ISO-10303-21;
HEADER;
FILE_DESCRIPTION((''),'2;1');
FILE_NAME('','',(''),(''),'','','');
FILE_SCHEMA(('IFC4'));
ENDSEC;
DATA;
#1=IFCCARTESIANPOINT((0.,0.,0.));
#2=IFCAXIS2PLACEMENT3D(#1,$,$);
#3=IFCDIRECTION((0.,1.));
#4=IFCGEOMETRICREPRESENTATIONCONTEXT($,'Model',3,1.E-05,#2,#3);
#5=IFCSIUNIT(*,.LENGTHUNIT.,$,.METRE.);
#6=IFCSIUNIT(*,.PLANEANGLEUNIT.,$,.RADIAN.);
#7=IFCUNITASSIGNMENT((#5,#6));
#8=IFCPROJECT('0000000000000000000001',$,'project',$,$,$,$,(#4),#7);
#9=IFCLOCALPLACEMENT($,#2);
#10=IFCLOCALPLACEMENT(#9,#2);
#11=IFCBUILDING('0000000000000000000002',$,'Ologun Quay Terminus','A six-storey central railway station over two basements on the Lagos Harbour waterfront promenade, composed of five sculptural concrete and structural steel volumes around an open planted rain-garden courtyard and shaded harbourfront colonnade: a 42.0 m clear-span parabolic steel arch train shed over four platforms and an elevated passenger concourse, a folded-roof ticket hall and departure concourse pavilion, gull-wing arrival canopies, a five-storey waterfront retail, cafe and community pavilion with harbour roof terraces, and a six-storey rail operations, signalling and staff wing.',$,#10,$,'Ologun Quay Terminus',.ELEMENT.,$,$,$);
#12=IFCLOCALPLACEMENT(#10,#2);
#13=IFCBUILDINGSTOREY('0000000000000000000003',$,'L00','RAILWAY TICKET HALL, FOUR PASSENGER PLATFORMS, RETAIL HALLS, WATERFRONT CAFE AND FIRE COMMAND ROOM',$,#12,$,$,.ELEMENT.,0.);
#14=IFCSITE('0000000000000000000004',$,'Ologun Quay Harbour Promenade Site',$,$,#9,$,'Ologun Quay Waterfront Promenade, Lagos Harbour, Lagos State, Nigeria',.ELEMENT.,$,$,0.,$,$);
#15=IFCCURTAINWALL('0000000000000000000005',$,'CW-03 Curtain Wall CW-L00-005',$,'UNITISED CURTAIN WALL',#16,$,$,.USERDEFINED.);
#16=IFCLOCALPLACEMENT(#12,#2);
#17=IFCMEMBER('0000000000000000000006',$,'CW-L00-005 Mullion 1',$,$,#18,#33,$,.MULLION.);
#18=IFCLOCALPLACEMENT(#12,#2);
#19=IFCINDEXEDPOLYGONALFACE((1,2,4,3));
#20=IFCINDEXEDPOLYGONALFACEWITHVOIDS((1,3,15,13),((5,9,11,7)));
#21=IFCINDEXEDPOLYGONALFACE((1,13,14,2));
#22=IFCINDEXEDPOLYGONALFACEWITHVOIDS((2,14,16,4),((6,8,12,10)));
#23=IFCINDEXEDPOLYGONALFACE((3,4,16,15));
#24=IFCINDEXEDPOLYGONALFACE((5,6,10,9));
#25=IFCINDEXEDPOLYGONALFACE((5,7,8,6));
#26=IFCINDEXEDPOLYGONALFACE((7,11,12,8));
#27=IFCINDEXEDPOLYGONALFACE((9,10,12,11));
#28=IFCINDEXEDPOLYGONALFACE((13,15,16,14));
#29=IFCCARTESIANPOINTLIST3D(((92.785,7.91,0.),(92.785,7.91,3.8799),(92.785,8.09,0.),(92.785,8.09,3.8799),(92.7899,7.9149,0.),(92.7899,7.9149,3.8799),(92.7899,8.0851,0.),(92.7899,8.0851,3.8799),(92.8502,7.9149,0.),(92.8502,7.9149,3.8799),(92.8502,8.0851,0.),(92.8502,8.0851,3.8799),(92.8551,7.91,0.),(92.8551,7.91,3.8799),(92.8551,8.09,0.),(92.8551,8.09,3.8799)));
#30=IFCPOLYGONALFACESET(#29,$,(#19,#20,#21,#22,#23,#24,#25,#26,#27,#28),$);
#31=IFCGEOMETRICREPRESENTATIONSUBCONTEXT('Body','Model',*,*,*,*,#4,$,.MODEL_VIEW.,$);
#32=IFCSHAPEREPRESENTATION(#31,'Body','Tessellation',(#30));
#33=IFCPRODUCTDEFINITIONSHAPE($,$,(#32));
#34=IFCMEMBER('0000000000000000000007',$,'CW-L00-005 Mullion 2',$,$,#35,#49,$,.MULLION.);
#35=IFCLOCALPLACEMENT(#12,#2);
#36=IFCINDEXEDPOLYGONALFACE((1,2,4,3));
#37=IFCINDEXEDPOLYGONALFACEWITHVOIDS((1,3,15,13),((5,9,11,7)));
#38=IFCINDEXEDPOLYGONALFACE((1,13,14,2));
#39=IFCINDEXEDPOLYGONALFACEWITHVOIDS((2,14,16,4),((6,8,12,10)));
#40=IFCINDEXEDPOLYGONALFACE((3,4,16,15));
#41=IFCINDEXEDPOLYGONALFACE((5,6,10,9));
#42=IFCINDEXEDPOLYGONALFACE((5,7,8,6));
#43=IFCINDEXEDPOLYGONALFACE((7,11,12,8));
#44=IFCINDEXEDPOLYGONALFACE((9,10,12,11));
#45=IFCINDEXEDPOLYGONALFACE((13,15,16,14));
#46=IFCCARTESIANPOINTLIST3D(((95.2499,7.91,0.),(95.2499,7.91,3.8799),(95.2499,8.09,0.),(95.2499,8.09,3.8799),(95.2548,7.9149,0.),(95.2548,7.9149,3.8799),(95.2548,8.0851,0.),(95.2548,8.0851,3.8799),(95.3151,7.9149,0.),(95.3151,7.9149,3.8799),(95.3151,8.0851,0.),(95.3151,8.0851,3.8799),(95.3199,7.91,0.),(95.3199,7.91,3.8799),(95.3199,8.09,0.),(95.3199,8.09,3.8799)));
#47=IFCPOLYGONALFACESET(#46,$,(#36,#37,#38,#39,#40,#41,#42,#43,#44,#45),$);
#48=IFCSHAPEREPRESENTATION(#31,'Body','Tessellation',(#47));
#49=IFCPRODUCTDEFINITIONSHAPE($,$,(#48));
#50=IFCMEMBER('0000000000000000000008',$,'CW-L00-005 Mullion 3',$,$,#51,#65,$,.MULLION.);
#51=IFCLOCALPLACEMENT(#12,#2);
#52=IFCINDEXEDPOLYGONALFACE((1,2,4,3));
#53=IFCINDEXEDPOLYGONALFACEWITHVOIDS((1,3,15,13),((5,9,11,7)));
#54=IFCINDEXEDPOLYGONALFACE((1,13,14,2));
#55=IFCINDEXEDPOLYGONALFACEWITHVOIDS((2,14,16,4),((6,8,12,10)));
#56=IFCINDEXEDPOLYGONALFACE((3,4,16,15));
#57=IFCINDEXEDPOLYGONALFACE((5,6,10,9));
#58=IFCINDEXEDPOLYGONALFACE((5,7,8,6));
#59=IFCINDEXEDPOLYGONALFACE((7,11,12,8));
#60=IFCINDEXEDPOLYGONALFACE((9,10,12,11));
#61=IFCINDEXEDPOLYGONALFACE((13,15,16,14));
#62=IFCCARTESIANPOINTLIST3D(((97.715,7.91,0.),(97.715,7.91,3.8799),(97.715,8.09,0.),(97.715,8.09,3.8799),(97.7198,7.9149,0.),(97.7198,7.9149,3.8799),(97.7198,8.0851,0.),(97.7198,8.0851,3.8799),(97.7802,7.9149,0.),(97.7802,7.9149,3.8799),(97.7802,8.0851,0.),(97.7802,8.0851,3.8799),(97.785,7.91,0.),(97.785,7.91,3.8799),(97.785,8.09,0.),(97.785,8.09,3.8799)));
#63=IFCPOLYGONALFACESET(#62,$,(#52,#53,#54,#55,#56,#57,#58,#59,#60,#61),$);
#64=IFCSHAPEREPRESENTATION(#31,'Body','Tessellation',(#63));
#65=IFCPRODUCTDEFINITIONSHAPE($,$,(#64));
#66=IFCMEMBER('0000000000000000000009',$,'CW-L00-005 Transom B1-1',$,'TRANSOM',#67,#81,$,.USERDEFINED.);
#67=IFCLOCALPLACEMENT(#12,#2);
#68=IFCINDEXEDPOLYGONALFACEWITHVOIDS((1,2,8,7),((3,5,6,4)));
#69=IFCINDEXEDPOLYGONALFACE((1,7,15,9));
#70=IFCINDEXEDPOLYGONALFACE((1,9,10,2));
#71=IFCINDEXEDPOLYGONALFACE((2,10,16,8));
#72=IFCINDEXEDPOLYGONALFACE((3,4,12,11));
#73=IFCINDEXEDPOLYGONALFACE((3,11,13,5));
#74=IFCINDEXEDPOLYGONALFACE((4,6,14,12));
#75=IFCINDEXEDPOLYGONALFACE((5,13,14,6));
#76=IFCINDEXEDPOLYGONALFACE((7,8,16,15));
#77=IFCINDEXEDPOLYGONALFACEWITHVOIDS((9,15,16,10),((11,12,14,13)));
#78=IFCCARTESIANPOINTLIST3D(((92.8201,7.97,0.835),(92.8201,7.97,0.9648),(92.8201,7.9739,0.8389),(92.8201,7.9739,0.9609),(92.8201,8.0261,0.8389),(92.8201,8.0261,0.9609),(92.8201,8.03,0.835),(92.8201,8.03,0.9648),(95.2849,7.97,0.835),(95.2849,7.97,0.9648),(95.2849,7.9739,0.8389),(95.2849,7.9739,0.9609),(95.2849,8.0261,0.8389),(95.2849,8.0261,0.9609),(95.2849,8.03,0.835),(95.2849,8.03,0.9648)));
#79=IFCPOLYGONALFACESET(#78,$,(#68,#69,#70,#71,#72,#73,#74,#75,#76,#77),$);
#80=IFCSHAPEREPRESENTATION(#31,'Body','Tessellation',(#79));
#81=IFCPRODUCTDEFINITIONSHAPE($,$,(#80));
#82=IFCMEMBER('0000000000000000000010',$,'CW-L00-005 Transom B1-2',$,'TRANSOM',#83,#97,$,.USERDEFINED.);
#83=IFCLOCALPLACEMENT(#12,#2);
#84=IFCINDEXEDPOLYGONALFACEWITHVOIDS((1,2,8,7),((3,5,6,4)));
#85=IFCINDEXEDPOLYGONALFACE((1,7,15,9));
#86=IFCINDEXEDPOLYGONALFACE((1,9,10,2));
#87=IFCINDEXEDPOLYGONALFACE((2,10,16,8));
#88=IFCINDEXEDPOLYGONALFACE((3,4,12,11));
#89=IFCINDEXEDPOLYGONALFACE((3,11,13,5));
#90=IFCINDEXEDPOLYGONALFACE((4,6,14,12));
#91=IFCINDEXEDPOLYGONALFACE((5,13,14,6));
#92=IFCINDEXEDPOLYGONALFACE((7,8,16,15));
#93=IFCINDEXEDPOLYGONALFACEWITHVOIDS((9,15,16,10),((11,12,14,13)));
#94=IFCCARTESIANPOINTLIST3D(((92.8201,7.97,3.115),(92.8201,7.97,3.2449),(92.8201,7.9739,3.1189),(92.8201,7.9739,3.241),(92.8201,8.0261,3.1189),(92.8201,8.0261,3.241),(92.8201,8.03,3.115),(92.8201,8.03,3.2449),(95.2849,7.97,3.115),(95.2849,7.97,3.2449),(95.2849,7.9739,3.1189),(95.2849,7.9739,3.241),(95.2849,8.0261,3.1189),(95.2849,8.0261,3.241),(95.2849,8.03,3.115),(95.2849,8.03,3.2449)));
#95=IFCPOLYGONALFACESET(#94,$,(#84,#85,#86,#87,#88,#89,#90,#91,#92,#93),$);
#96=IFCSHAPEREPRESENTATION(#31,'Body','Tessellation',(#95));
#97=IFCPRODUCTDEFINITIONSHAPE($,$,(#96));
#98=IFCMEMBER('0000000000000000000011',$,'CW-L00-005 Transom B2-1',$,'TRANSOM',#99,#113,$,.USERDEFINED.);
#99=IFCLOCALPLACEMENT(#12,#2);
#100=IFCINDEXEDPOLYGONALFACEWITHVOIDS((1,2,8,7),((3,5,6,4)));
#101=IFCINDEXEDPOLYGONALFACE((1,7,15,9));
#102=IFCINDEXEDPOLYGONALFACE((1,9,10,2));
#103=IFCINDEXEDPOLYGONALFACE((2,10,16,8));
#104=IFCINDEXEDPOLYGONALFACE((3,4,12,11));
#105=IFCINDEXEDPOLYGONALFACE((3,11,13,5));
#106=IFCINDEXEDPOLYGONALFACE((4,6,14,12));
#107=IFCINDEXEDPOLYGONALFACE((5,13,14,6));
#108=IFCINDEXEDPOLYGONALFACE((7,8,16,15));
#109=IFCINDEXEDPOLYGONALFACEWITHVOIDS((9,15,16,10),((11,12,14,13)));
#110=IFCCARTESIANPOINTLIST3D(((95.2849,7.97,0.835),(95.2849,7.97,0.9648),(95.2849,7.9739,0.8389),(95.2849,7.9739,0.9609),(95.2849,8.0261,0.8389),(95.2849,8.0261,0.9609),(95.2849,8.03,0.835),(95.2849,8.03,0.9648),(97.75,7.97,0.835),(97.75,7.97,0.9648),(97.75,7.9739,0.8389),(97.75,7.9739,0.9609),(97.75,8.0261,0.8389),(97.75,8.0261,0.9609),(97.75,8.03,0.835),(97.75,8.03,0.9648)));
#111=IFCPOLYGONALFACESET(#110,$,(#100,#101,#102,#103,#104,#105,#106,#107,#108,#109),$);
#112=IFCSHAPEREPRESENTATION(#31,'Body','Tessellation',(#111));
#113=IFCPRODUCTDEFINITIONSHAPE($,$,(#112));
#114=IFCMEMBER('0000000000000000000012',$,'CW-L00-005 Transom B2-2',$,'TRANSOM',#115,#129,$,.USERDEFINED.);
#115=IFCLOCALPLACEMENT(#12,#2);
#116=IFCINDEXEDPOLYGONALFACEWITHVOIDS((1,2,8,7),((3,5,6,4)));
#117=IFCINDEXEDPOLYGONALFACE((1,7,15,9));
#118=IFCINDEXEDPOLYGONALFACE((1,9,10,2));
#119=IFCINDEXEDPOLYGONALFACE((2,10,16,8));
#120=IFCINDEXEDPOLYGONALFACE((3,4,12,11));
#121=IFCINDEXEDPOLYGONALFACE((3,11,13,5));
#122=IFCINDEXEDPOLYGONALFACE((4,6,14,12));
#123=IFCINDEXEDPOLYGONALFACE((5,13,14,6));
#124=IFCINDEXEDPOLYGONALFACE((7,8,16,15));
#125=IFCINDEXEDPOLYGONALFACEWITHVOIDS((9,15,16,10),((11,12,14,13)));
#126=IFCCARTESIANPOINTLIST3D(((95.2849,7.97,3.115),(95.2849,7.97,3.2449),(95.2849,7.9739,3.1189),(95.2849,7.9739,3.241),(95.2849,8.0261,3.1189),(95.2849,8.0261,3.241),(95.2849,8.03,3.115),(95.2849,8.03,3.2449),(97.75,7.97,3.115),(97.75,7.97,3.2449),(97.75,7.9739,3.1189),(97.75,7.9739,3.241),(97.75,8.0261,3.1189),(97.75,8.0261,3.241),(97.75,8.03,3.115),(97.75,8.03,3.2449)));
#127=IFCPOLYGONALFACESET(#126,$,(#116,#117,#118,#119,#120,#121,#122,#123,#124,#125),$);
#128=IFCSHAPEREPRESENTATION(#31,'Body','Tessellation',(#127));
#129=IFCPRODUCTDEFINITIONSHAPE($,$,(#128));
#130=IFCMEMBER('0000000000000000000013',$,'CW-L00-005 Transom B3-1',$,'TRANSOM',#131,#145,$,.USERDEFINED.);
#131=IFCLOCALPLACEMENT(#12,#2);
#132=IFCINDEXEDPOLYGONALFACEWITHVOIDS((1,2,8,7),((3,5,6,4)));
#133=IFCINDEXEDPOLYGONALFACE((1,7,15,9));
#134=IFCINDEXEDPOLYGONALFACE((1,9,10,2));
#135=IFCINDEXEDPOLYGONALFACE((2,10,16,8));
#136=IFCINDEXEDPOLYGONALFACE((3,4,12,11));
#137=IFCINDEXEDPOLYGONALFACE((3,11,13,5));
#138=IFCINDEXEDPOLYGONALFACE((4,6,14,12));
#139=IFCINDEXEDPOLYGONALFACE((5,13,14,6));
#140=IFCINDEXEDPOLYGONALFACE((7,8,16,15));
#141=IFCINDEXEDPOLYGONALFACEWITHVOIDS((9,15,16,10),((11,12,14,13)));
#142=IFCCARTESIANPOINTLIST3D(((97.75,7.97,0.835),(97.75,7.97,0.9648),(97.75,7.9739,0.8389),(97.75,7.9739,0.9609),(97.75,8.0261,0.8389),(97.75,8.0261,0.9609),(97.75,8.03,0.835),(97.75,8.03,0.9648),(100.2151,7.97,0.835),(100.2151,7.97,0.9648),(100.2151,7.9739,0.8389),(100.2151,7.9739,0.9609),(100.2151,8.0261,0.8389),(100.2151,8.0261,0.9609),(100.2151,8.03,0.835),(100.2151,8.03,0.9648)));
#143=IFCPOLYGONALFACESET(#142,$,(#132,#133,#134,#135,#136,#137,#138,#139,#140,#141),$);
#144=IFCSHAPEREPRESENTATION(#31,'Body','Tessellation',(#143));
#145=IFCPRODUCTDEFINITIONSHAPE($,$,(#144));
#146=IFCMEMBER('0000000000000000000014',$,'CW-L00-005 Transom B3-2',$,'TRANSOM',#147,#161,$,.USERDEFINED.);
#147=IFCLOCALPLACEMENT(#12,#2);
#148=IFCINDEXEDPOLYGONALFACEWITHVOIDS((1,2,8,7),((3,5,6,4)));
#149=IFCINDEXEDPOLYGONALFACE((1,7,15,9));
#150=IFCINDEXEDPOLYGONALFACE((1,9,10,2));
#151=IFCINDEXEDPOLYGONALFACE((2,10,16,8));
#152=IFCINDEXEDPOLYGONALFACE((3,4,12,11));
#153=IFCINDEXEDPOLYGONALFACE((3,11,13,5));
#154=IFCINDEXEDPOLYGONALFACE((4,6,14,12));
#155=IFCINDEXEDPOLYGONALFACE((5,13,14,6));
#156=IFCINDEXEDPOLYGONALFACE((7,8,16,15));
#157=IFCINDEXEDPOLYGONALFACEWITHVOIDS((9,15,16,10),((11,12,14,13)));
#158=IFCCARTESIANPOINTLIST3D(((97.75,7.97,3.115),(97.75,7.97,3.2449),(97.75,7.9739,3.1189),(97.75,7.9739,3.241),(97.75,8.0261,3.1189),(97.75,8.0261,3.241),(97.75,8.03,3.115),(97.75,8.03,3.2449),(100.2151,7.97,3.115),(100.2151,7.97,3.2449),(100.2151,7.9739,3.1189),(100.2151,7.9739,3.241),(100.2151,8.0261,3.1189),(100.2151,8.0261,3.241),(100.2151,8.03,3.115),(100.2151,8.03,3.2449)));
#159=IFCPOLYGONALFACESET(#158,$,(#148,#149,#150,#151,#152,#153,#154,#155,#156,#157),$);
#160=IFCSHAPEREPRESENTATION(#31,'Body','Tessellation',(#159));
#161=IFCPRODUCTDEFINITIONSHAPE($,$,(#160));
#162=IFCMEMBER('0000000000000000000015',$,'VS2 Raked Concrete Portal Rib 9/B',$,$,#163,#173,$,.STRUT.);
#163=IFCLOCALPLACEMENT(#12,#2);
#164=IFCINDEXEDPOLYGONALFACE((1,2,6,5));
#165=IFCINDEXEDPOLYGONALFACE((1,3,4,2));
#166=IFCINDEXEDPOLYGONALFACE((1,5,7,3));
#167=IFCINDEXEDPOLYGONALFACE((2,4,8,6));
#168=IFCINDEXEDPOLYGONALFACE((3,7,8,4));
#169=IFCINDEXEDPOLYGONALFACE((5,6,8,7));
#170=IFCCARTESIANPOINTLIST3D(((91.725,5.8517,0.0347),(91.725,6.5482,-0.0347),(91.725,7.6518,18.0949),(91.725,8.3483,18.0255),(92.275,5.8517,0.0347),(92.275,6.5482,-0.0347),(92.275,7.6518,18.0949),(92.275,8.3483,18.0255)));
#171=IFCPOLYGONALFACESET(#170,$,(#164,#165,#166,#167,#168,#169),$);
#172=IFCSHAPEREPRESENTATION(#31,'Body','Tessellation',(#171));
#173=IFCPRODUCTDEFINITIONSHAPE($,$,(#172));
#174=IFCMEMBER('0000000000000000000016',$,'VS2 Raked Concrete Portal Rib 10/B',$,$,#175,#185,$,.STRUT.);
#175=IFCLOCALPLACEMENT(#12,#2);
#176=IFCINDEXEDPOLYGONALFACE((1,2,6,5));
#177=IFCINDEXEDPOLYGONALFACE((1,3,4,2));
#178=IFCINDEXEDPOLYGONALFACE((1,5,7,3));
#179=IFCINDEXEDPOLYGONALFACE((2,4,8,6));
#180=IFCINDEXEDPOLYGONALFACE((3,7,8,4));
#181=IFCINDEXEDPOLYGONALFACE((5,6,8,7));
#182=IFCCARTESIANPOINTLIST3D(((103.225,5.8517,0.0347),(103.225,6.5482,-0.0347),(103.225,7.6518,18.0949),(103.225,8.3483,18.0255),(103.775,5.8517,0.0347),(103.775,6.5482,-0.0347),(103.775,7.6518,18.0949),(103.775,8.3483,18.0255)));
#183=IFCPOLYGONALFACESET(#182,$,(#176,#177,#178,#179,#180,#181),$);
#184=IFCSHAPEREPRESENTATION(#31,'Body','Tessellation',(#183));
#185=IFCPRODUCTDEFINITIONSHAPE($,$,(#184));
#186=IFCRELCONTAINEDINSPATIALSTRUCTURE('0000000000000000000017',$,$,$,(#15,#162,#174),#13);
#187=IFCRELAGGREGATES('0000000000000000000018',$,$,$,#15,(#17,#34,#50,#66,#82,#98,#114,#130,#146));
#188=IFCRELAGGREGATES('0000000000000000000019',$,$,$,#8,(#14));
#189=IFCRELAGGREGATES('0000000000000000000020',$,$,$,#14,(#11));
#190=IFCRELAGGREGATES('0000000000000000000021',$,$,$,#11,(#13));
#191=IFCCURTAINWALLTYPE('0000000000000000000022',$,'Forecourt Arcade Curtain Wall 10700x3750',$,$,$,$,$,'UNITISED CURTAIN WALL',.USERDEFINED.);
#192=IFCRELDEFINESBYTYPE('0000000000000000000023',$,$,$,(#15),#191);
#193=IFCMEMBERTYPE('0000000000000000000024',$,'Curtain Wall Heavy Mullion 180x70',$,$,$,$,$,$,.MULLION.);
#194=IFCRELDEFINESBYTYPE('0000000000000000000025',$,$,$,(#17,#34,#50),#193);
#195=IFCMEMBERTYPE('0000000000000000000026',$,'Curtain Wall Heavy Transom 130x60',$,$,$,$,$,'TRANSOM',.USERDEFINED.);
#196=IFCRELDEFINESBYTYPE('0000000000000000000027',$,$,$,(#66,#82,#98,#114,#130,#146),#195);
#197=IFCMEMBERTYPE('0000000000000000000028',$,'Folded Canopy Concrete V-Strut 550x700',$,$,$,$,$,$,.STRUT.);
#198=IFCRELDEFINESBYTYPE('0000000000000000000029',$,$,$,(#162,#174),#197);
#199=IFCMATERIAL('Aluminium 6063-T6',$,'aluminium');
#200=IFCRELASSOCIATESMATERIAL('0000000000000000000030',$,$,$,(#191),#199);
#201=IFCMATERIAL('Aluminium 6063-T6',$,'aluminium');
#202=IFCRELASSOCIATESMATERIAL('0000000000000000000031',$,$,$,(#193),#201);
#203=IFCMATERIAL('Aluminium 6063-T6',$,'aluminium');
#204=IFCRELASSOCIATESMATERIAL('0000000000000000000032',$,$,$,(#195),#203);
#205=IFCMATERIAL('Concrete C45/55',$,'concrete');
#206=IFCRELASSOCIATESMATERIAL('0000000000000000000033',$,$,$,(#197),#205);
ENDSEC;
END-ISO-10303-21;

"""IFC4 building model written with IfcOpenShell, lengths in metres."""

from ifc_helpers import new_model, si_unit, direction, frame, origin, origin_2d, place, context, subcontext, project, spatial, rectangle, hollow_rectangle, extrude, material, material_profile, profile_set, type_object, element, aggregate, save


model = new_model("IFC4")

# Units and contexts
model_context = context("Model", 3, precision=1e-05, world=origin(), true_north=direction((0.0, 1.0)))
body_context = subcontext(model_context, "Body", "Model", "MODEL_VIEW")
ifc_project = project(units=[si_unit("LENGTHUNIT", "METRE"), si_unit("PLANEANGLEUNIT", "RADIAN")], contexts=[model_context])

# Site, building, storey
site_placement = place(None, origin())
site = spatial("IfcSite", under=ifc_project, at=site_placement, Name="Ologun Quay Harbour Promenade Site", LongName="Ologun Quay Waterfront Promenade, Lagos Harbour, Lagos State, Nigeria", CompositionType="ELEMENT", RefElevation=0.0)
building_placement = place(site_placement, origin())
building = spatial("IfcBuilding", under=site, at=building_placement, Name="Ologun Quay Terminus", Description="A six-storey central railway station over two basements on the Lagos Harbour waterfront promenade, composed of five sculptural concrete and structural steel volumes around an open planted rain-garden courtyard and shaded harbourfront colonnade: a 42.0 m clear-span parabolic steel arch train shed over four platforms and an elevated passenger concourse, a folded-roof ticket hall and departure concourse pavilion, gull-wing arrival canopies, a five-storey waterfront retail, cafe and community pavilion with harbour roof terraces, and a six-storey rail operations, signalling and staff wing.", LongName="Ologun Quay Terminus", CompositionType="ELEMENT")
storey_placement = place(building_placement, origin())
storey = spatial("IfcBuildingStorey", under=building, at=storey_placement, Name="L00", Description="RAILWAY TICKET HALL, FOUR PASSENGER PLATFORMS, RETAIL HALLS, WATERFRONT CAFE AND FIRE COMMAND ROOM", CompositionType="ELEMENT", Elevation=0.0)

# Curtain wall, members
ifc_material_1 = material(Name="Aluminium 6063-T6", Category="aluminium")
curtain_wall_type = type_object("IfcCurtainWallType", Name="Forecourt Arcade Curtain Wall 10700x3750", ElementType="UNITISED CURTAIN WALL", PredefinedType="USERDEFINED", material=ifc_material_1)
curtain_wall_placement = place(storey_placement, origin())
curtain_wall = element("IfcCurtainWall", 1, at=curtain_wall_placement, inside=storey, type_object=curtain_wall_type, Name="CW-03 Curtain Wall CW-L00-005", ObjectType="UNITISED CURTAIN WALL", PredefinedType="USERDEFINED")
ifc_material_2 = material(Name="Aluminium 6063-T6", Category="aluminium")
ifc_material_profile_1 = material_profile(ifc_material_2, hollow_rectangle(XDim=0.0701, YDim=0.1799, WallThickness=0.0049, at=origin_2d()), Name="ALU 180x70x5")
ifc_profile_set_1 = profile_set([ifc_material_profile_1], Name="Aluminium 6063-T6")
member_type_1 = type_object("IfcMemberType", Name="Curtain Wall Heavy Mullion 180x70", PredefinedType="MULLION", material=ifc_profile_set_1)
member_1_placement = place(storey_placement, frame((92.8201, 8.0, 0.0), z_axis=(0.0, 0.0, 1.0), x_axis=(1.0, 0.0, 0.0)))
member_1 = element("IfcMember", 2, at=member_1_placement, type_object=member_type_1, Name="CW-L00-005 Mullion 1", PredefinedType="MULLION", context=body_context, shape_type="SweptSolid", body=[
    extrude(hollow_rectangle(XDim=0.0701, YDim=0.1799, WallThickness=0.0049, at=origin_2d()), origin(), (0.0, 0.0, 1.0), 3.8799),
])
member_2_placement = place(storey_placement, frame((95.2849, 8.0, 0.0), z_axis=(0.0, 0.0, 1.0), x_axis=(1.0, 0.0, 0.0)))
member_2 = element("IfcMember", 3, at=member_2_placement, type_object=member_type_1, Name="CW-L00-005 Mullion 2", PredefinedType="MULLION", context=body_context, shape_type="SweptSolid", body=[
    extrude(hollow_rectangle(XDim=0.0701, YDim=0.1799, WallThickness=0.0049, at=origin_2d()), origin(), (0.0, 0.0, 1.0), 3.8799),
])
member_3_placement = place(storey_placement, frame((97.75, 8.0, 0.0), z_axis=(0.0, 0.0, 1.0), x_axis=(1.0, 0.0, 0.0)))
member_3 = element("IfcMember", 4, at=member_3_placement, type_object=member_type_1, Name="CW-L00-005 Mullion 3", PredefinedType="MULLION", context=body_context, shape_type="SweptSolid", body=[
    extrude(hollow_rectangle(XDim=0.0701, YDim=0.1799, WallThickness=0.0049, at=origin_2d()), origin(), (0.0, 0.0, 1.0), 3.8799),
])
ifc_material_3 = material(Name="Aluminium 6063-T6", Category="aluminium")
ifc_material_profile_2 = material_profile(ifc_material_3, hollow_rectangle(XDim=0.0601, YDim=0.1299, WallThickness=0.0039, at=origin_2d()), Name="ALU 130x60x4")
ifc_profile_set_2 = profile_set([ifc_material_profile_2], Name="Aluminium 6063-T6")
member_type_2 = type_object("IfcMemberType", Name="Curtain Wall Heavy Transom 130x60", ElementType="TRANSOM", PredefinedType="USERDEFINED", material=ifc_profile_set_2)
member_4_placement = place(storey_placement, frame((92.8201, 8.0, 0.8999), z_axis=(1.0, 0.0, 0.0), x_axis=(0.0, 1.0, 0.0)))
member_4 = element("IfcMember", 5, at=member_4_placement, type_object=member_type_2, Name="CW-L00-005 Transom B1-1", ObjectType="TRANSOM", PredefinedType="USERDEFINED", context=body_context, shape_type="SweptSolid", body=[
    extrude(hollow_rectangle(XDim=0.0601, YDim=0.1299, WallThickness=0.0039, at=origin_2d()), origin(), (0.0, 0.0, 1.0), 2.4648),
])
member_5_placement = place(storey_placement, frame((92.8201, 8.0, 3.1799), z_axis=(1.0, 0.0, 0.0), x_axis=(0.0, 1.0, 0.0)))
member_5 = element("IfcMember", 6, at=member_5_placement, type_object=member_type_2, Name="CW-L00-005 Transom B1-2", ObjectType="TRANSOM", PredefinedType="USERDEFINED", context=body_context, shape_type="SweptSolid", body=[
    extrude(hollow_rectangle(XDim=0.0601, YDim=0.1299, WallThickness=0.0039, at=origin_2d()), origin(), (0.0, 0.0, 1.0), 2.4648),
])
member_6_placement = place(storey_placement, frame((95.2849, 8.0, 0.8999), z_axis=(1.0, 0.0, 0.0), x_axis=(0.0, 1.0, 0.0)))
member_6 = element("IfcMember", 7, at=member_6_placement, type_object=member_type_2, Name="CW-L00-005 Transom B2-1", ObjectType="TRANSOM", PredefinedType="USERDEFINED", context=body_context, shape_type="SweptSolid", body=[
    extrude(hollow_rectangle(XDim=0.0601, YDim=0.1299, WallThickness=0.0039, at=origin_2d()), origin(), (0.0, 0.0, 1.0), 2.4651),
])
member_7_placement = place(storey_placement, frame((95.2849, 8.0, 3.1799), z_axis=(1.0, 0.0, 0.0), x_axis=(0.0, 1.0, 0.0)))
member_7 = element("IfcMember", 8, at=member_7_placement, type_object=member_type_2, Name="CW-L00-005 Transom B2-2", ObjectType="TRANSOM", PredefinedType="USERDEFINED", context=body_context, shape_type="SweptSolid", body=[
    extrude(hollow_rectangle(XDim=0.0601, YDim=0.1299, WallThickness=0.0039, at=origin_2d()), origin(), (0.0, 0.0, 1.0), 2.4651),
])
member_8_placement = place(storey_placement, frame((97.75, 8.0, 0.8999), z_axis=(1.0, 0.0, 0.0), x_axis=(0.0, 1.0, 0.0)))
member_8 = element("IfcMember", 9, at=member_8_placement, type_object=member_type_2, Name="CW-L00-005 Transom B3-1", ObjectType="TRANSOM", PredefinedType="USERDEFINED", context=body_context, shape_type="SweptSolid", body=[
    extrude(hollow_rectangle(XDim=0.0601, YDim=0.1299, WallThickness=0.0039, at=origin_2d()), origin(), (0.0, 0.0, 1.0), 2.4651),
])
member_9_placement = place(storey_placement, frame((97.75, 8.0, 3.1799), z_axis=(1.0, 0.0, 0.0), x_axis=(0.0, 1.0, 0.0)))
member_9 = element("IfcMember", 10, at=member_9_placement, type_object=member_type_2, Name="CW-L00-005 Transom B3-2", ObjectType="TRANSOM", PredefinedType="USERDEFINED", context=body_context, shape_type="SweptSolid", body=[
    extrude(hollow_rectangle(XDim=0.0601, YDim=0.1299, WallThickness=0.0039, at=origin_2d()), origin(), (0.0, 0.0, 1.0), 2.4651),
])

# Members
ifc_material_4 = material(Name="Concrete C45/55", Category="concrete")
ifc_material_profile_3 = material_profile(ifc_material_4, rectangle(XDim=0.55, YDim=0.7, at=origin_2d()), Name="RC 550x700")
ifc_profile_set_3 = profile_set([ifc_material_profile_3], Name="Concrete C45/55")
member_type_3 = type_object("IfcMemberType", Name="Folded Canopy Concrete V-Strut 550x700", PredefinedType="STRUT", material=ifc_profile_set_3)
for number, where, z_axis, x_axis, name in (
    (11, (92.0, 6.2, 0.0), (0.0, 0.099179, 0.99507), (-1.0, 0.0, 0.0), "VS2 Raked Concrete Portal Rib 9/B"),
    (12, (103.5, 6.2, 0.0), (0.0, 0.099179, 0.99507), (-1.0, 0.0, 0.0), "VS2 Raked Concrete Portal Rib 10/B"),
):
    element("IfcMember", number, at=place(storey_placement, frame(where, z_axis=z_axis, x_axis=x_axis)), inside=storey, type_object=member_type_3, Name=name, PredefinedType="STRUT", context=body_context, shape_type="SweptSolid", body=[
        extrude(rectangle(XDim=0.55, YDim=0.7, at=origin_2d()), origin(), (0.0, 0.0, 1.0), 18.1497),
    ])

aggregate(curtain_wall, [member_1, member_2, member_3, member_4, member_5, member_6, member_7, member_8, member_9])

save(model, "model.ifc")
